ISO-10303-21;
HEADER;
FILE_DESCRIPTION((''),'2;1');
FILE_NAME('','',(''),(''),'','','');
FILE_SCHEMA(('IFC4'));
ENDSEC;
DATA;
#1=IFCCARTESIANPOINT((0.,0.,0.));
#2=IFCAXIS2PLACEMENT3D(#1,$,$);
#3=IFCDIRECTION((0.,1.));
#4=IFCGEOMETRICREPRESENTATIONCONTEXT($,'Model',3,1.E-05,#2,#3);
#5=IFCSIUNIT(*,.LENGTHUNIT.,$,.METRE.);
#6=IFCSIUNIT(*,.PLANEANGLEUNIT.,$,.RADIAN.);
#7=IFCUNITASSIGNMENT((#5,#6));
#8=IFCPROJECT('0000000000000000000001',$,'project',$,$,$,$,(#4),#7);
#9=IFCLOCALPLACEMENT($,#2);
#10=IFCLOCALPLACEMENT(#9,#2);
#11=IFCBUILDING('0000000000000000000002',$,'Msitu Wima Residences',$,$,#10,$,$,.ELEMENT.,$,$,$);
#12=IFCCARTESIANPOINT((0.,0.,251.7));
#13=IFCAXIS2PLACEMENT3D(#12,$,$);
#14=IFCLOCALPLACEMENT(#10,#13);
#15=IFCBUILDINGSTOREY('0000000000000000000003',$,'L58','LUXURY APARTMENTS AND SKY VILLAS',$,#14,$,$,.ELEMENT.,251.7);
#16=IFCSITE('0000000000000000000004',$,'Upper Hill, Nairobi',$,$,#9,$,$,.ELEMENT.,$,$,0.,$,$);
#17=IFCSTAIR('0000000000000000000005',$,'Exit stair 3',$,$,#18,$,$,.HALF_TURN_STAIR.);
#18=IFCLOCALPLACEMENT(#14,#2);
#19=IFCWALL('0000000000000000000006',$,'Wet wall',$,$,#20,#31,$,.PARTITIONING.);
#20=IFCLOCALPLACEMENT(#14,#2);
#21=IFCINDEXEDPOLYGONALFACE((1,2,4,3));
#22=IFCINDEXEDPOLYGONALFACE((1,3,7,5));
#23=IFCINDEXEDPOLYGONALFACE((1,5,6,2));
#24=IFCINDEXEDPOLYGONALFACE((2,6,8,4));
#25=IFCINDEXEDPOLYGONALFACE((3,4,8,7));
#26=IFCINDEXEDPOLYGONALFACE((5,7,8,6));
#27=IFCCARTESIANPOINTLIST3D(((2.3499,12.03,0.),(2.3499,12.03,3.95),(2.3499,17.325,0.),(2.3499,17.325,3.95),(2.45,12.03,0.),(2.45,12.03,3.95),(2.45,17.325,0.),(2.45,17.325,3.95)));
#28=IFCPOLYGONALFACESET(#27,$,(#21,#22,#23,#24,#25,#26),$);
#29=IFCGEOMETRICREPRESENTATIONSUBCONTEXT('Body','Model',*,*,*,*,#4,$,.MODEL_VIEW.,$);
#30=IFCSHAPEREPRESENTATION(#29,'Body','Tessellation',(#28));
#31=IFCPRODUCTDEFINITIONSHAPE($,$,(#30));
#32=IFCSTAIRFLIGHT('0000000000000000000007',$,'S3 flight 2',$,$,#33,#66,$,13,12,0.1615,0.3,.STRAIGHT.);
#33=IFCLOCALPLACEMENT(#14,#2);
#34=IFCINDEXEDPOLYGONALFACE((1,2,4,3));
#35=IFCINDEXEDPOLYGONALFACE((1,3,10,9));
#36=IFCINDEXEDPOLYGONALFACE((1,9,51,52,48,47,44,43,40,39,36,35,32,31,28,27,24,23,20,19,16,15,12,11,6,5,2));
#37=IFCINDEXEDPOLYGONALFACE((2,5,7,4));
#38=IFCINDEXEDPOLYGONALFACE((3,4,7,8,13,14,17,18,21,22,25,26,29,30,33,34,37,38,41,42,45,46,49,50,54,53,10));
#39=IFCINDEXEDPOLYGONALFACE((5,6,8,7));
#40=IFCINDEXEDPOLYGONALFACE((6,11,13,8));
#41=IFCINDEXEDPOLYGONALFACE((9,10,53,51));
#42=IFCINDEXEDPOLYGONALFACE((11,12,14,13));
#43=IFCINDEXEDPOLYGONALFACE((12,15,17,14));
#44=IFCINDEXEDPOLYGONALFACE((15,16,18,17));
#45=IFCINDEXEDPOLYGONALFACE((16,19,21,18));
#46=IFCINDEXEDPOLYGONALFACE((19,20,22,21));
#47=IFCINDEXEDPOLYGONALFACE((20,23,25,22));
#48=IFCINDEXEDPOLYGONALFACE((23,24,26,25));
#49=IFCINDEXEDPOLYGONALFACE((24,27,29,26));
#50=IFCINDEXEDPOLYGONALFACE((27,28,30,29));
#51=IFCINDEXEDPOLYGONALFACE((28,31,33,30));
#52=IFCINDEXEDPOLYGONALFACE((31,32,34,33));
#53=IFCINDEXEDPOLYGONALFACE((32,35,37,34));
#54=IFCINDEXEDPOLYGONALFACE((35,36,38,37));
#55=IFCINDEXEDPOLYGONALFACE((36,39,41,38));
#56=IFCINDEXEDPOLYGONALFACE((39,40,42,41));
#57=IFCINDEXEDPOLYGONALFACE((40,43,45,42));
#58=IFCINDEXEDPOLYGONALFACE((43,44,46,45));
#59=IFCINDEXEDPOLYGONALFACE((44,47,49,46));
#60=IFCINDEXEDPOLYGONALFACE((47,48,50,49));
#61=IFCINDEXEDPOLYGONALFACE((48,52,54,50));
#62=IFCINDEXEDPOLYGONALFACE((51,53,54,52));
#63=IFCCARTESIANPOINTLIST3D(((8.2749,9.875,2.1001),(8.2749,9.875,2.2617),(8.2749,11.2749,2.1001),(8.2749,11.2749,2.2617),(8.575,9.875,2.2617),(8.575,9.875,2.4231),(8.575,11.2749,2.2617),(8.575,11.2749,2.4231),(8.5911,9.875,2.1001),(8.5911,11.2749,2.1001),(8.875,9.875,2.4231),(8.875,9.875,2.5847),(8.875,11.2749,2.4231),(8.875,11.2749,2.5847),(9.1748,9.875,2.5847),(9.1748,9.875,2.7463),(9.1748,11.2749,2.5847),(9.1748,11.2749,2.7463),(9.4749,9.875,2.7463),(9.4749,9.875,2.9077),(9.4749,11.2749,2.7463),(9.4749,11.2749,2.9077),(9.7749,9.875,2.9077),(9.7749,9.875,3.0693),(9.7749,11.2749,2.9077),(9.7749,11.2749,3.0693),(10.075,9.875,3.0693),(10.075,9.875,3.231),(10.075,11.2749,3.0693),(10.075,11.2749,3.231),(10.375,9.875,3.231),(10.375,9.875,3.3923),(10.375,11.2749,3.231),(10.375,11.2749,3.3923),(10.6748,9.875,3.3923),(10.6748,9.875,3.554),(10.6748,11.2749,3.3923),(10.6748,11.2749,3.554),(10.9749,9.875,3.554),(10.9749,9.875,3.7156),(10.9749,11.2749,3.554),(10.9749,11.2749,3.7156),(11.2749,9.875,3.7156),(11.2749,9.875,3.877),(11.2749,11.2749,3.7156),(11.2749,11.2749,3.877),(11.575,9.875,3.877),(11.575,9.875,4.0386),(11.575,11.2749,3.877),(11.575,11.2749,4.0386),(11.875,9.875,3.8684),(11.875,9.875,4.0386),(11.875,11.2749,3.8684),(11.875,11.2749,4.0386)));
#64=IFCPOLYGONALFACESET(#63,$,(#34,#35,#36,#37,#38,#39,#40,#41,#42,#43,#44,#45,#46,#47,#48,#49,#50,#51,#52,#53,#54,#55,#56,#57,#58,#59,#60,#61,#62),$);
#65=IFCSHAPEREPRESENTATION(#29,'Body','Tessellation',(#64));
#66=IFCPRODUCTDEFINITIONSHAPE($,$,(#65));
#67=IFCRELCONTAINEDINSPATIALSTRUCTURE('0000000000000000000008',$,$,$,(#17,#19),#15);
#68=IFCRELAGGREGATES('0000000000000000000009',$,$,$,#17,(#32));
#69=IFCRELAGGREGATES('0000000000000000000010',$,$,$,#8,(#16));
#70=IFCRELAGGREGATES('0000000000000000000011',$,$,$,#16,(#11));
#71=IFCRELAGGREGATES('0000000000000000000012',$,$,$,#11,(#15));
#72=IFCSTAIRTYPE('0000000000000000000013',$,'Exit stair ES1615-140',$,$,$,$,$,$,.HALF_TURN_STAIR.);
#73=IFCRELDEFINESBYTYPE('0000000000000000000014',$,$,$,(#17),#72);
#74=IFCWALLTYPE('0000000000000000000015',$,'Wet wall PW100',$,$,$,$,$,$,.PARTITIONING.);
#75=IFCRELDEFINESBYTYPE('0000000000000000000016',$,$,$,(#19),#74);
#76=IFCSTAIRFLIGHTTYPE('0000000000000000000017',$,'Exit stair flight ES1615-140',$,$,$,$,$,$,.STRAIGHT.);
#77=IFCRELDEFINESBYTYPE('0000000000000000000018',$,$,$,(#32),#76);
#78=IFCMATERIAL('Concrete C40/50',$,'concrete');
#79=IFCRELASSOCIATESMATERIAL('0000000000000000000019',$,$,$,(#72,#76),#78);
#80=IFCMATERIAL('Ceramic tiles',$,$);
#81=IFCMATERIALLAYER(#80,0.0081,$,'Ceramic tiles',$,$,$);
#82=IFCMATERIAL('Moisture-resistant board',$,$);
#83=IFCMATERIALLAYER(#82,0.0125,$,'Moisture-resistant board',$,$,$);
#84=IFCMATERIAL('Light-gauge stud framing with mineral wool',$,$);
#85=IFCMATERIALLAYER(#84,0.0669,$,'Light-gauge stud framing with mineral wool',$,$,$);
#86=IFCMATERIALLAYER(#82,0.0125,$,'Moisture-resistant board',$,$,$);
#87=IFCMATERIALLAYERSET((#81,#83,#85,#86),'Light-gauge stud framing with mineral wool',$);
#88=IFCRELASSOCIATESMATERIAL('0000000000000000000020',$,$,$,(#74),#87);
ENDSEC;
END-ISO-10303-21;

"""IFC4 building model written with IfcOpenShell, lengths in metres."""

from ifc_helpers import new_model, si_unit, direction, frame, frame_2d, origin, place, context, subcontext, project, spatial, polyline, rectangle, outline, extrude, material, layer, layer_set, type_object, element, aggregate, save


model = new_model("IFC4")

# Units and contexts
model_context = context("Model", 3, precision=1e-05, world=origin(), true_north=direction((0.0, 1.0)))
body_context = subcontext(model_context, "Body", "Model", "MODEL_VIEW")
ifc_project = project(units=[si_unit("LENGTHUNIT", "METRE"), si_unit("PLANEANGLEUNIT", "RADIAN")], contexts=[model_context])

# Site, building, storey
site_placement = place(None, origin())
site = spatial("IfcSite", under=ifc_project, at=site_placement, Name="Upper Hill, Nairobi", CompositionType="ELEMENT", RefElevation=0.0)
building_placement = place(site_placement, origin())
building = spatial("IfcBuilding", under=site, at=building_placement, Name="Msitu Wima Residences", CompositionType="ELEMENT")
storey_placement = place(building_placement, frame((0.0, 0.0, 251.7)))
storey = spatial("IfcBuildingStorey", under=building, at=storey_placement, Name="L58", Description="LUXURY APARTMENTS AND SKY VILLAS", CompositionType="ELEMENT", Elevation=251.7)

# Shared definitions
ifc_material_1 = material(Name="Concrete C40/50", Category="concrete")

# Stair
stair_type = type_object("IfcStairType", Name="Exit stair ES1615-140", PredefinedType="HALF_TURN_STAIR", material=ifc_material_1)
stair_1_placement = place(storey_placement, origin())
stair_1 = element("IfcStair", 1, at=stair_1_placement, inside=storey, type_object=stair_type, Name="Exit stair 3", PredefinedType="HALF_TURN_STAIR")

# Wall
ifc_material_2 = material(Name="Ceramic tiles")
ifc_layer_1 = layer(ifc_material_2, 0.0081, Name="Ceramic tiles")
ifc_material_3 = material(Name="Moisture-resistant board")
ifc_layer_2 = layer(ifc_material_3, 0.0125, Name="Moisture-resistant board")
ifc_material_4 = material(Name="Light-gauge stud framing with mineral wool")
ifc_layer_3 = layer(ifc_material_4, 0.0669, Name="Light-gauge stud framing with mineral wool")
ifc_layer_4 = layer(ifc_material_3, 0.0125, Name="Moisture-resistant board")
ifc_layer_set_1 = layer_set([ifc_layer_1, ifc_layer_2, ifc_layer_3, ifc_layer_4], Name="Light-gauge stud framing with mineral wool")
wall_type_1 = type_object("IfcWallType", Name="Wet wall PW100", PredefinedType="PARTITIONING", material=ifc_layer_set_1)
wall_1_placement = place(storey_placement, frame((2.3999, 12.03, 0.0), z_axis=(0.0, 0.0, 1.0), x_axis=(0.0, 1.0, 0.0)))
element("IfcWall", 2, at=wall_1_placement, inside=storey, type_object=wall_type_1, Name="Wet wall", PredefinedType="PARTITIONING", context=body_context, shape_type="SweptSolid", body=[
    extrude(rectangle(XDim=5.2949, YDim=0.1001, at=frame_2d((2.6475, 0.0))), origin(), (0.0, 0.0, 1.0), 3.95),
])

# Stair flight
stair_flight_type = type_object("IfcStairFlightType", Name="Exit stair flight ES1615-140", PredefinedType="STRAIGHT", material=ifc_material_1)
stair_flight_placement = place(storey_placement, frame((8.2749, 10.575, 2.1001), z_axis=(0.0, 0.0, 1.0), x_axis=(1.0, 0.0, 0.0)))
stair_flight = element("IfcStairFlight", 3, at=stair_flight_placement, type_object=stair_flight_type, Name="S3 flight 2", NumberOfRisers=13, NumberOfTreads=12, PredefinedType="STRAIGHT", RiserHeight=0.1615, TreadLength=0.3, context=body_context, shape_type="SweptSolid", body=[
    extrude(outline(polyline([(0.0, 0.0), (0.0, 0.1616), (0.3, 0.1616), (0.3, 0.323), (0.6001, 0.323), (0.6001, 0.4846), (0.8999, 0.4846), (0.8999, 0.6462), (1.2, 0.6462), (1.2, 0.8076), (1.5, 0.8076), (1.5, 0.9692), (1.8, 0.9692), (1.8, 1.1309), (2.1001, 1.1309), (2.1001, 1.2922), (2.3999, 1.2922), (2.3999, 1.4539), (2.7, 1.4539), (2.7, 1.6155), (3.0, 1.6155), (3.0, 1.7769), (3.3, 1.7769), (3.3, 1.9385), (3.6001, 1.9385), (3.6001, 2.1001), (3.6001, 1.7683), (0.3162, 0.0), (0.0, 0.0)])), frame((0.0, 0.7, 0.0), z_axis=(0.0, -1.0, 0.0), x_axis=(1.0, 0.0, 0.0)), (0.0, 0.0, 1.0), 1.3999),
])
aggregate(stair_1, [stair_flight])

save(model, "model.ifc")
